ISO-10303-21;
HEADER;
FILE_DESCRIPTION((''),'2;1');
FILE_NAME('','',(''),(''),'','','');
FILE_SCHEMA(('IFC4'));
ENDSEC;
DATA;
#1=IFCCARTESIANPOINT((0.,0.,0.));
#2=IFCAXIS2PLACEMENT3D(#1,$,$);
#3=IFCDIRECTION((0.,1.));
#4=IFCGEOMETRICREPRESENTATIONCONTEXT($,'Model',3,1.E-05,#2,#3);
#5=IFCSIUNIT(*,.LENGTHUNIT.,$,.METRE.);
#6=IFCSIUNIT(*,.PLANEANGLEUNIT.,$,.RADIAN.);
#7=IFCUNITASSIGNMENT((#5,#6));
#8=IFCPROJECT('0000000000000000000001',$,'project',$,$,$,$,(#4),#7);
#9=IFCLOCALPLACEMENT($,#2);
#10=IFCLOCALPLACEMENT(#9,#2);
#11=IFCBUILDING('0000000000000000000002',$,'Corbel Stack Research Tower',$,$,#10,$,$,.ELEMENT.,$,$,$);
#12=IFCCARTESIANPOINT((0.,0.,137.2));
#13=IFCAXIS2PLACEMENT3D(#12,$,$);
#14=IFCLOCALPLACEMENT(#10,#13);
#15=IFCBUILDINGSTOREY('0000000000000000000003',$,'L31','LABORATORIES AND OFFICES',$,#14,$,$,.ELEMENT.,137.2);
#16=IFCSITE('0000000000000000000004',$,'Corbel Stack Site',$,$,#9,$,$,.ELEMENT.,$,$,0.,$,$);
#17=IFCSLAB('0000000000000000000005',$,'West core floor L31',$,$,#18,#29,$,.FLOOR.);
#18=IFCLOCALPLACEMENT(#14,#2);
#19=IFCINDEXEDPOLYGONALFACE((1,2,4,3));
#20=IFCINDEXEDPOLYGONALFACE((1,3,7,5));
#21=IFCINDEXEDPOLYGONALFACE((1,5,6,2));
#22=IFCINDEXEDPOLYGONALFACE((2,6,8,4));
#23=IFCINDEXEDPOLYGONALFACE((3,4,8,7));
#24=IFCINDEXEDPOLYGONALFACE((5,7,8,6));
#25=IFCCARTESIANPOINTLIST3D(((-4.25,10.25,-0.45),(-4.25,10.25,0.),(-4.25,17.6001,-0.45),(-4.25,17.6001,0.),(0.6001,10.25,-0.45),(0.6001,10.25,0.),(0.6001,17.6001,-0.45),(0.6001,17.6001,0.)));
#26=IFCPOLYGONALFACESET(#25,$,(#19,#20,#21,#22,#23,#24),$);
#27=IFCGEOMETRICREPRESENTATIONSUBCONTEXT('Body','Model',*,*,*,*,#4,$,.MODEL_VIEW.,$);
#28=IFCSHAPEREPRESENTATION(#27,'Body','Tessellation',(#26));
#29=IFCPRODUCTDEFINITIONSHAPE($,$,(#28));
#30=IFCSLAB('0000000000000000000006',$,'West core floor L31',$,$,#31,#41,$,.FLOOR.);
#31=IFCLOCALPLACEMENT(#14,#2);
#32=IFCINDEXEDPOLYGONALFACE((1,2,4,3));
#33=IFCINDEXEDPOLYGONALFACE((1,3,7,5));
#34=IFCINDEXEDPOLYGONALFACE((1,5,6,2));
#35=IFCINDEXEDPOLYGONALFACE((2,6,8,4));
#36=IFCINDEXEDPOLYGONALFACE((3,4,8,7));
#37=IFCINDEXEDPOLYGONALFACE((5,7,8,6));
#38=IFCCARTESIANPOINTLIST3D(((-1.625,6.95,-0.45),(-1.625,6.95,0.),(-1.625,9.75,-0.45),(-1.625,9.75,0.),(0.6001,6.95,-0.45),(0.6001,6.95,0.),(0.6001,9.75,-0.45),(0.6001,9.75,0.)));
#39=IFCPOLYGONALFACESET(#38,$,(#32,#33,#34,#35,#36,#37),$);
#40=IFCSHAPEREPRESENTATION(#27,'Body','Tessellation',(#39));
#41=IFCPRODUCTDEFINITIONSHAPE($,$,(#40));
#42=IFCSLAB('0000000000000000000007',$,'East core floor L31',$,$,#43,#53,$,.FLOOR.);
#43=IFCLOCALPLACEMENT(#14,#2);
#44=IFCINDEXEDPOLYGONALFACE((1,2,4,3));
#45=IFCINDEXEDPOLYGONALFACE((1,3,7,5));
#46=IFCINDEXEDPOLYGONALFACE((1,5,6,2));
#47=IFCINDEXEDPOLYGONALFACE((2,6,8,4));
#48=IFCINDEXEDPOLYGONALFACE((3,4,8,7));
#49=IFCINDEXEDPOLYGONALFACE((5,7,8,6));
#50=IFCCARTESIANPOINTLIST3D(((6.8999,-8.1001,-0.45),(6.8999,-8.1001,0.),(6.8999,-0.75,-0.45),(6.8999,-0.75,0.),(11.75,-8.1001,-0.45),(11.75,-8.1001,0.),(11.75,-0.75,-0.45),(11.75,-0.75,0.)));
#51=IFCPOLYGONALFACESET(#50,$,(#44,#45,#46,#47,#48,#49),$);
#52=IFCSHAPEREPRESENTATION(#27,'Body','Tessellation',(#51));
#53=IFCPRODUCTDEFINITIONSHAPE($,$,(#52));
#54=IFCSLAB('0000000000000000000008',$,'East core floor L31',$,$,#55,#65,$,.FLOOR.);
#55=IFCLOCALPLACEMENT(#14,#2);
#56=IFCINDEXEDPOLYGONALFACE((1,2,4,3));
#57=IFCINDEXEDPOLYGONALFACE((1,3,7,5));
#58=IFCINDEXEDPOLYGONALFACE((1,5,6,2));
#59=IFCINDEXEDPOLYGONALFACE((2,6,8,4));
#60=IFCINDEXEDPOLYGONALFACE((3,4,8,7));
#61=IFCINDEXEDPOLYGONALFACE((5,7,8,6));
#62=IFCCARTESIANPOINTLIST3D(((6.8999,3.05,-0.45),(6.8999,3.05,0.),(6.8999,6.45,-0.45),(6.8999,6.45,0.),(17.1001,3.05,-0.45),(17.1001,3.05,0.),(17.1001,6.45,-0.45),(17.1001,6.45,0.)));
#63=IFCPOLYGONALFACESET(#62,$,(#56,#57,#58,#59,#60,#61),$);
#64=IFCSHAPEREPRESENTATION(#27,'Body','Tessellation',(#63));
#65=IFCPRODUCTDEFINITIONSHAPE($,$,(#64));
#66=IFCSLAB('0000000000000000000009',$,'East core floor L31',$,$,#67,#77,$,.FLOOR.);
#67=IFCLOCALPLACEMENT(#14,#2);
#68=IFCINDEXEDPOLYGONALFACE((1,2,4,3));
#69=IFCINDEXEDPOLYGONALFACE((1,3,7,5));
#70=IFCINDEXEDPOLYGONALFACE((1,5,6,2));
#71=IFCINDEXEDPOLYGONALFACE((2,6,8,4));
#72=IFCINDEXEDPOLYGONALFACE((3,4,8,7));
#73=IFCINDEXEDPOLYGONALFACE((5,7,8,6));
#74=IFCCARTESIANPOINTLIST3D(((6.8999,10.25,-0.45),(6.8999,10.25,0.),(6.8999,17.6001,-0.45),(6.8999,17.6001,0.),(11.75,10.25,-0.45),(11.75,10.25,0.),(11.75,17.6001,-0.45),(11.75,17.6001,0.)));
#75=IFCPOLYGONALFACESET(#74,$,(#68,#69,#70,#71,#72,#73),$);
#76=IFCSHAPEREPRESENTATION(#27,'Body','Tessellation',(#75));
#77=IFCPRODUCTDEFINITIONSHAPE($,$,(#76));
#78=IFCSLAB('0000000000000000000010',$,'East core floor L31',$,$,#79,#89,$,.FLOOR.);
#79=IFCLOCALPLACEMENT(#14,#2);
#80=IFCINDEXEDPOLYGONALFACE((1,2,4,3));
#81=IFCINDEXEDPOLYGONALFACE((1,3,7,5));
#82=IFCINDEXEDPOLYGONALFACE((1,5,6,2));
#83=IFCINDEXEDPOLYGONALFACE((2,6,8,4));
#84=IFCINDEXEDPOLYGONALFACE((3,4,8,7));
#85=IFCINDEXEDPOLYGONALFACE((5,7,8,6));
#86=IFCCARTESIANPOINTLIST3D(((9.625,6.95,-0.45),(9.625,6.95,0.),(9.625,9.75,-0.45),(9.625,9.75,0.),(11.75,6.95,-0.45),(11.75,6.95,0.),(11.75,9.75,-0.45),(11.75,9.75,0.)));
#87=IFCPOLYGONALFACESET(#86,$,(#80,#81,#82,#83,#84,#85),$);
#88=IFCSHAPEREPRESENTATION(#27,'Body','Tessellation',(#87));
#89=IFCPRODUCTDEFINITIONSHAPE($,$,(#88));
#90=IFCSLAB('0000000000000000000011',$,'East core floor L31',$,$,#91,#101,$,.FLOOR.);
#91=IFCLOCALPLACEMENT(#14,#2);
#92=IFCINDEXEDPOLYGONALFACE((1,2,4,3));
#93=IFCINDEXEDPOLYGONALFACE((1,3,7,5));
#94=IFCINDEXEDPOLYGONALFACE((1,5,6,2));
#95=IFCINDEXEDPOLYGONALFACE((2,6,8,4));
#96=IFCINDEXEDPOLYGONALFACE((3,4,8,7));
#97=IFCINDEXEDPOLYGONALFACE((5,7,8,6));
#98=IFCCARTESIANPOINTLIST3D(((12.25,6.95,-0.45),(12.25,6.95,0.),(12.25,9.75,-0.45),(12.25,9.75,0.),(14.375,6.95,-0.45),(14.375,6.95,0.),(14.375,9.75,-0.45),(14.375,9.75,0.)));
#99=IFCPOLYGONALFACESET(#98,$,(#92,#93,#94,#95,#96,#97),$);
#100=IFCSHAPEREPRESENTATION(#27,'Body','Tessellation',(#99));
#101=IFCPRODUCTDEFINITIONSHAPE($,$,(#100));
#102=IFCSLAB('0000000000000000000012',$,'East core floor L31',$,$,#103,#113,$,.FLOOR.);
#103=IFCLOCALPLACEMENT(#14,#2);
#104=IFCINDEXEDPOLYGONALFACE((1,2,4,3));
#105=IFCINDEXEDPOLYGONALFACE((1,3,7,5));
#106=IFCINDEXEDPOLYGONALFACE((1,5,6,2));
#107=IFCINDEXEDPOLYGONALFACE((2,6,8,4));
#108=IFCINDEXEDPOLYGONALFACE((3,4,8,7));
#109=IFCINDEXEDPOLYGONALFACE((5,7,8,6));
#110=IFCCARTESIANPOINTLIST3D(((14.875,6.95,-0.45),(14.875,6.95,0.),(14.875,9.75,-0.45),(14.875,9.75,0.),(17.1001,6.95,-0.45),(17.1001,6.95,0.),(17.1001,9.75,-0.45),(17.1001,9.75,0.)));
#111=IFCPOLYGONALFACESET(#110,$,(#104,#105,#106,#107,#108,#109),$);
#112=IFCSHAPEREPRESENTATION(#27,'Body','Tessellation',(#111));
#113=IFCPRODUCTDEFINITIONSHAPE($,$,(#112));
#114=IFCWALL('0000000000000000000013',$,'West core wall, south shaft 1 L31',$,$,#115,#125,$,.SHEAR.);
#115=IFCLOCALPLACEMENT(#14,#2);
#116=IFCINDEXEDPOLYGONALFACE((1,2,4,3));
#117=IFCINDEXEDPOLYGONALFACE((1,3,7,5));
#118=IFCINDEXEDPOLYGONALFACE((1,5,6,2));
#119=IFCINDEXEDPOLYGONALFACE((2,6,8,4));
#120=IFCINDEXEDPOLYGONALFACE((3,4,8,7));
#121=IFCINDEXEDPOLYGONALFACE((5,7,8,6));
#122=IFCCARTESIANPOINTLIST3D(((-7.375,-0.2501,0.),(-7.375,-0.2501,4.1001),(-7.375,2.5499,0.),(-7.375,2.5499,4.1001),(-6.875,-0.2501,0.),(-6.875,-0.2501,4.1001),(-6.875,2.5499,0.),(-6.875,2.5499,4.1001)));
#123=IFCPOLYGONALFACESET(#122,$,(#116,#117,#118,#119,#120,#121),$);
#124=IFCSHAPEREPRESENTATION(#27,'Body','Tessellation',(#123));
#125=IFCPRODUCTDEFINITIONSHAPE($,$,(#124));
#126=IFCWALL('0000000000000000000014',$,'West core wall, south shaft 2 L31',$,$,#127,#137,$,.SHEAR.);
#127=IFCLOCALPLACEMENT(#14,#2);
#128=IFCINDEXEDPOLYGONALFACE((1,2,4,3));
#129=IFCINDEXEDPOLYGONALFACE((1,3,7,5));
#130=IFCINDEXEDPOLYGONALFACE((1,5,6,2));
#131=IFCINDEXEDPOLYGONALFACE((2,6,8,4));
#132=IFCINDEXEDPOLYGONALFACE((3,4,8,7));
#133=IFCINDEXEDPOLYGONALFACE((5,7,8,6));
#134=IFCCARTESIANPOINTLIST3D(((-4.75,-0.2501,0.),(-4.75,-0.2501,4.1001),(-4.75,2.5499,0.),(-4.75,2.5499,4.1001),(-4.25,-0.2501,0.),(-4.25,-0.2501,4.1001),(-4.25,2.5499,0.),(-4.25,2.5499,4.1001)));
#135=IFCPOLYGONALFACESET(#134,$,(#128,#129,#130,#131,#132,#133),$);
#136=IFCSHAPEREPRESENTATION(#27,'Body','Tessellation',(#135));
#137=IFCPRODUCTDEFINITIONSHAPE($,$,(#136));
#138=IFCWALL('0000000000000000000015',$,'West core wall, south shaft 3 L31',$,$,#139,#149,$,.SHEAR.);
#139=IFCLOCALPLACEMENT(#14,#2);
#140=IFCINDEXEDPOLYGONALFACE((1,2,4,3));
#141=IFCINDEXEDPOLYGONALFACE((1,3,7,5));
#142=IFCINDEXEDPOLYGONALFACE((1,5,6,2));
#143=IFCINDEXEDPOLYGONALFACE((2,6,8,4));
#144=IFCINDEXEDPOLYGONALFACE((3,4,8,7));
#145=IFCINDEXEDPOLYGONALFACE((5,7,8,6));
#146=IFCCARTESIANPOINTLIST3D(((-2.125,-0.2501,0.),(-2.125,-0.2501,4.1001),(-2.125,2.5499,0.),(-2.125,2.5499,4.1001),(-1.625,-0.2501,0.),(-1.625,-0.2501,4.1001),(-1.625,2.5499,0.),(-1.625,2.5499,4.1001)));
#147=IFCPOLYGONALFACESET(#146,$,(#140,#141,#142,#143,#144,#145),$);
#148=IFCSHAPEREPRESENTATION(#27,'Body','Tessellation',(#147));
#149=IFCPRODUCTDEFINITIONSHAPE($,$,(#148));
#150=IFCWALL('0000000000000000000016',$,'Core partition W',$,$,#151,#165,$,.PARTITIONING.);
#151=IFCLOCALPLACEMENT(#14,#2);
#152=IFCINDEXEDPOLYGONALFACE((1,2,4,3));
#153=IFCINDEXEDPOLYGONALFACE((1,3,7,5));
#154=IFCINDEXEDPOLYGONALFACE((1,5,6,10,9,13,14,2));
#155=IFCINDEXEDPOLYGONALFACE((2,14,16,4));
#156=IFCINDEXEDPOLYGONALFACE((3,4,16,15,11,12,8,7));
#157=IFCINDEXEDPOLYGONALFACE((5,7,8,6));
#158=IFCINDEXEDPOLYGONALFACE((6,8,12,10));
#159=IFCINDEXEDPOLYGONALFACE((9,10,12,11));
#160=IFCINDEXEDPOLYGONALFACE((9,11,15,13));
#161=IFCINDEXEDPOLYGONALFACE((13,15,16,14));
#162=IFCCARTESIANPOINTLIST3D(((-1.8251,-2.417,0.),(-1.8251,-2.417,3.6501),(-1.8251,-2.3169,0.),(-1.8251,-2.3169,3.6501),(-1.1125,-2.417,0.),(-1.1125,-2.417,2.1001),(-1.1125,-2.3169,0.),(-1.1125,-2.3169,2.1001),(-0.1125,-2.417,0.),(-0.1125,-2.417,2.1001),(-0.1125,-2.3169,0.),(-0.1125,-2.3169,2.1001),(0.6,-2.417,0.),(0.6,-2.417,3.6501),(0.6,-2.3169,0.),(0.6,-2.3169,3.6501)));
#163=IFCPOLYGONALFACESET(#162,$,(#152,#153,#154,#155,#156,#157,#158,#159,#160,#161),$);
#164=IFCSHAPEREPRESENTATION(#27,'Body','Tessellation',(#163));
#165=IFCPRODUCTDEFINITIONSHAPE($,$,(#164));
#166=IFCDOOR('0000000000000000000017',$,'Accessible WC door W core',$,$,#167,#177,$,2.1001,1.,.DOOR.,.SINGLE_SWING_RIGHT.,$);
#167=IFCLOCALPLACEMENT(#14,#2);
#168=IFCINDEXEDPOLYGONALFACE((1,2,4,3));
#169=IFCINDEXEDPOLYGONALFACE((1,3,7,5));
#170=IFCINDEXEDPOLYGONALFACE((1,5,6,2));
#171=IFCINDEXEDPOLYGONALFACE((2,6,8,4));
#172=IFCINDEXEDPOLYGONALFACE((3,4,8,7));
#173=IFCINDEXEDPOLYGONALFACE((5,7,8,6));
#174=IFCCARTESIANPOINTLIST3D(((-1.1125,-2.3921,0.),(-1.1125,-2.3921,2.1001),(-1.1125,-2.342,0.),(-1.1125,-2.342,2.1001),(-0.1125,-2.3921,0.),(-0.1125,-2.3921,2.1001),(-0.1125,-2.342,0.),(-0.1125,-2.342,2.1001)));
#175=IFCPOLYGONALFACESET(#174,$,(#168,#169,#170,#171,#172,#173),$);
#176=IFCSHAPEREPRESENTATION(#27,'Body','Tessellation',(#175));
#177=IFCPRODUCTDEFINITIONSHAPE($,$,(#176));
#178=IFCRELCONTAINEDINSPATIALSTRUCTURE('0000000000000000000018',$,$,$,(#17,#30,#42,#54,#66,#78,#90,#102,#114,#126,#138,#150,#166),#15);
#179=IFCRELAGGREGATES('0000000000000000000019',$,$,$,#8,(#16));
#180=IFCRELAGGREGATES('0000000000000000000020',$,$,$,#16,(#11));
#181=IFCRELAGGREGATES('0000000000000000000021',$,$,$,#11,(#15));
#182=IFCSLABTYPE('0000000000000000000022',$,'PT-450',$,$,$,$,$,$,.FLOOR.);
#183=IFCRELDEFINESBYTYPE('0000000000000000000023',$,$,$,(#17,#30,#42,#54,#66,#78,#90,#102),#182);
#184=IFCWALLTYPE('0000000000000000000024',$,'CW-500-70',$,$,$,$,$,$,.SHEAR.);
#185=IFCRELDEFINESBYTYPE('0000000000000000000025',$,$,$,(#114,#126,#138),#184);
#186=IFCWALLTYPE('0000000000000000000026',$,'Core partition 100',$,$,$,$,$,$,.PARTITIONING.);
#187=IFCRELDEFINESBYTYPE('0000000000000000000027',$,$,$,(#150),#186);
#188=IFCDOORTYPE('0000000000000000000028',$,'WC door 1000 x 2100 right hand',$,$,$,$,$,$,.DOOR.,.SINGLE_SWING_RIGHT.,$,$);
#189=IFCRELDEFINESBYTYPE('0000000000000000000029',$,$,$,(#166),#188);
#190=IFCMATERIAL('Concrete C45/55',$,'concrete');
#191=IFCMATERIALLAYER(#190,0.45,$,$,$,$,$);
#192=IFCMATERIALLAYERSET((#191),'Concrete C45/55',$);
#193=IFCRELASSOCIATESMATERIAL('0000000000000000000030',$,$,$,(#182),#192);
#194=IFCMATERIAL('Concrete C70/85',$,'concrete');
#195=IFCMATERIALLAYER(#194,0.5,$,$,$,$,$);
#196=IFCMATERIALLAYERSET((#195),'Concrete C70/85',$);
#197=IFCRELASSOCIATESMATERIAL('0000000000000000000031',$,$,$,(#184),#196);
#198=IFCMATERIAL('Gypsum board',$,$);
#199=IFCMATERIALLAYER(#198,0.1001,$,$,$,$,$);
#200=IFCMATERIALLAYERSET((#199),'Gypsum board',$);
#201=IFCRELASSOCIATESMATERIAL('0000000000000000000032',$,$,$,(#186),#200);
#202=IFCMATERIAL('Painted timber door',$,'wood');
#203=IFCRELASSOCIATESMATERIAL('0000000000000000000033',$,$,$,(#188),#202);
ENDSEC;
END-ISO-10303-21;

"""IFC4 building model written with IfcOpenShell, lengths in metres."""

from ifc_helpers import new_model, si_unit, direction, frame, frame_2d, origin, place, context, subcontext, project, spatial, polyline, rectangle, outline, extrude, material, layer, layer_set, type_object, element, fill, save


model = new_model("IFC4")

# Units and contexts
model_context = context("Model", 3, precision=1e-05, world=origin(), true_north=direction((0.0, 1.0)))
body_context = subcontext(model_context, "Body", "Model", "MODEL_VIEW")
ifc_project = project(units=[si_unit("LENGTHUNIT", "METRE"), si_unit("PLANEANGLEUNIT", "RADIAN")], contexts=[model_context])

# Site, building, storey
site_placement = place(None, origin())
site = spatial("IfcSite", under=ifc_project, at=site_placement, Name="Corbel Stack Site", CompositionType="ELEMENT", RefElevation=0.0)
building_placement = place(site_placement, origin())
building = spatial("IfcBuilding", under=site, at=building_placement, Name="Corbel Stack Research Tower", CompositionType="ELEMENT")
storey_placement = place(building_placement, frame((0.0, 0.0, 137.2)))
storey = spatial("IfcBuildingStorey", under=building, at=storey_placement, Name="L31", Description="LABORATORIES AND OFFICES", CompositionType="ELEMENT", Elevation=137.2)

# Slabs
ifc_material_1 = material(Name="Concrete C45/55", Category="concrete")
ifc_layer_1 = layer(ifc_material_1, 0.45)
ifc_layer_set_1 = layer_set([ifc_layer_1], Name="Concrete C45/55")
slab_type = type_object("IfcSlabType", Name="PT-450", PredefinedType="FLOOR", material=ifc_layer_set_1)
slab_1_placement = place(storey_placement, frame((0.0, 0.0, -0.45)))
element("IfcSlab", 1, at=slab_1_placement, inside=storey, type_object=slab_type, Name="West core floor L31", PredefinedType="FLOOR", context=body_context, shape_type="SweptSolid", body=[
    extrude(outline(polyline([(0.6001, 17.6001), (-4.25, 17.6001), (-4.25, 10.25), (0.6001, 10.25), (0.6001, 17.6001)])), origin(), (0.0, 0.0, 1.0), 0.45),
])
slab_2_placement = place(storey_placement, frame((0.0, 0.0, -0.45)))
element("IfcSlab", 2, at=slab_2_placement, inside=storey, type_object=slab_type, Name="West core floor L31", PredefinedType="FLOOR", context=body_context, shape_type="SweptSolid", body=[
    extrude(outline(polyline([(0.6001, 9.75), (-1.625, 9.75), (-1.625, 6.95), (0.6001, 6.95), (0.6001, 9.75)])), origin(), (0.0, 0.0, 1.0), 0.45),
])
slab_3_placement = place(storey_placement, frame((0.0, 0.0, -0.45)))
element("IfcSlab", 3, at=slab_3_placement, inside=storey, type_object=slab_type, Name="East core floor L31", PredefinedType="FLOOR", context=body_context, shape_type="SweptSolid", body=[
    extrude(outline(polyline([(11.75, -0.75), (6.8999, -0.75), (6.8999, -8.1001), (11.75, -8.1001), (11.75, -0.75)])), origin(), (0.0, 0.0, 1.0), 0.45),
])
slab_4_placement = place(storey_placement, frame((0.0, 0.0, -0.45)))
element("IfcSlab", 4, at=slab_4_placement, inside=storey, type_object=slab_type, Name="East core floor L31", PredefinedType="FLOOR", context=body_context, shape_type="SweptSolid", body=[
    extrude(outline(polyline([(6.8999, 6.45), (6.8999, 3.05), (17.1001, 3.05), (17.1001, 6.45), (6.8999, 6.45)])), origin(), (0.0, 0.0, 1.0), 0.45),
])
slab_5_placement = place(storey_placement, frame((0.0, 0.0, -0.45)))
element("IfcSlab", 5, at=slab_5_placement, inside=storey, type_object=slab_type, Name="East core floor L31", PredefinedType="FLOOR", context=body_context, shape_type="SweptSolid", body=[
    extrude(outline(polyline([(6.8999, 17.6001), (6.8999, 10.25), (11.75, 10.25), (11.75, 17.6001), (6.8999, 17.6001)])), origin(), (0.0, 0.0, 1.0), 0.45),
])
slab_6_placement = place(storey_placement, frame((0.0, 0.0, -0.45)))
element("IfcSlab", 6, at=slab_6_placement, inside=storey, type_object=slab_type, Name="East core floor L31", PredefinedType="FLOOR", context=body_context, shape_type="SweptSolid", body=[
    extrude(outline(polyline([(9.625, 6.95), (11.75, 6.95), (11.75, 9.75), (9.625, 9.75), (9.625, 6.95)])), origin(), (0.0, 0.0, 1.0), 0.45),
])
slab_7_placement = place(storey_placement, frame((0.0, 0.0, -0.45)))
element("IfcSlab", 7, at=slab_7_placement, inside=storey, type_object=slab_type, Name="East core floor L31", PredefinedType="FLOOR", context=body_context, shape_type="SweptSolid", body=[
    extrude(outline(polyline([(14.375, 6.95), (14.375, 9.75), (12.25, 9.75), (12.25, 6.95), (14.375, 6.95)])), origin(), (0.0, 0.0, 1.0), 0.45),
])
slab_8_placement = place(storey_placement, frame((0.0, 0.0, -0.45)))
element("IfcSlab", 8, at=slab_8_placement, inside=storey, type_object=slab_type, Name="East core floor L31", PredefinedType="FLOOR", context=body_context, shape_type="SweptSolid", body=[
    extrude(outline(polyline([(17.1001, 6.95), (17.1001, 9.75), (14.875, 9.75), (14.875, 6.95), (17.1001, 6.95)])), origin(), (0.0, 0.0, 1.0), 0.45),
])

# Walls
ifc_material_2 = material(Name="Concrete C70/85", Category="concrete")
ifc_layer_2 = layer(ifc_material_2, 0.5)
ifc_layer_set_2 = layer_set([ifc_layer_2], Name="Concrete C70/85")
wall_type_1 = type_object("IfcWallType", Name="CW-500-70", PredefinedType="SHEAR", material=ifc_layer_set_2)
for number, where, z_axis, x_axis, name in (
    (9, (-7.125, -0.25, 0.0), (0.0, 0.0, 1.0), (0.0, 1.0, 0.0), "West core wall, south shaft 1 L31"),
    (10, (-4.5, -0.25, 0.0), (0.0, 0.0, 1.0), (0.0, 1.0, 0.0), "West core wall, south shaft 2 L31"),
    (11, (-1.875, -0.25, 0.0), (0.0, 0.0, 1.0), (0.0, 1.0, 0.0), "West core wall, south shaft 3 L31"),
):
    element("IfcWall", number, at=place(storey_placement, frame(where, z_axis=z_axis, x_axis=x_axis)), inside=storey, type_object=wall_type_1, Name=name, PredefinedType="SHEAR", context=body_context, shape_type="SweptSolid", body=[
        extrude(rectangle(XDim=2.8, YDim=0.5, at=frame_2d((1.3999, 0.0))), origin(), (0.0, 0.0, 1.0), 4.1001),
    ])

# Wall, opening, door
ifc_material_3 = material(Name="Gypsum board")
ifc_layer_3 = layer(ifc_material_3, 0.1001)
ifc_layer_set_3 = layer_set([ifc_layer_3], Name="Gypsum board")
wall_type_2 = type_object("IfcWallType", Name="Core partition 100", PredefinedType="PARTITIONING", material=ifc_layer_set_3)
wall_1_placement = place(storey_placement, frame((-1.825, -2.3669, 0.0), z_axis=(0.0, 0.0, 1.0), x_axis=(1.0, 0.0, 0.0)))
wall_1 = element("IfcWall", 12, at=wall_1_placement, inside=storey, type_object=wall_type_2, Name="Core partition W", PredefinedType="PARTITIONING", context=body_context, shape_type="SweptSolid", body=[
    extrude(rectangle(XDim=2.425, YDim=0.1001, at=frame_2d((1.2124, 0.0))), origin(), (0.0, 0.0, 1.0), 3.6501),
])
opening_1_placement = place(wall_1_placement, frame((0.7124, 0.0, 0.0)))
opening_1 = element("IfcOpeningElement", 13, at=opening_1_placement, cuts=wall_1, PredefinedType="OPENING", context=body_context, shape_type="SweptSolid", body=[
    extrude(rectangle(XDim=1.0, YDim=2.1001, at=frame_2d((0.5, 1.05))), frame((0.0, 0.0601, 0.0), z_axis=(0.0, -1.0, 0.0), x_axis=(1.0, 0.0, 0.0)), (0.0, 0.0, 1.0), 0.1201),
])
ifc_material_4 = material(Name="Painted timber door", Category="wood")
door_type_1 = type_object("IfcDoorType", Name="WC door 1000 x 2100 right hand", OperationType="SINGLE_SWING_RIGHT", PredefinedType="DOOR", material=ifc_material_4)
door_1_placement = place(opening_1_placement, origin())
door_1 = element("IfcDoor", 14, at=door_1_placement, inside=storey, type_object=door_type_1, Name="Accessible WC door W core", OperationType="SINGLE_SWING_RIGHT", OverallHeight=2.1001, OverallWidth=1.0, PredefinedType="DOOR", context=body_context, shape_type="SweptSolid", body=[
    extrude(rectangle(XDim=1.0, YDim=2.1001, at=frame_2d((0.5, 1.05))), frame((0.0, 0.0249, 0.0), z_axis=(0.0, -1.0, 0.0), x_axis=(1.0, 0.0, 0.0)), (0.0, 0.0, 1.0), 0.05),
])
fill(opening_1, door_1)

save(model, "model.ifc")
